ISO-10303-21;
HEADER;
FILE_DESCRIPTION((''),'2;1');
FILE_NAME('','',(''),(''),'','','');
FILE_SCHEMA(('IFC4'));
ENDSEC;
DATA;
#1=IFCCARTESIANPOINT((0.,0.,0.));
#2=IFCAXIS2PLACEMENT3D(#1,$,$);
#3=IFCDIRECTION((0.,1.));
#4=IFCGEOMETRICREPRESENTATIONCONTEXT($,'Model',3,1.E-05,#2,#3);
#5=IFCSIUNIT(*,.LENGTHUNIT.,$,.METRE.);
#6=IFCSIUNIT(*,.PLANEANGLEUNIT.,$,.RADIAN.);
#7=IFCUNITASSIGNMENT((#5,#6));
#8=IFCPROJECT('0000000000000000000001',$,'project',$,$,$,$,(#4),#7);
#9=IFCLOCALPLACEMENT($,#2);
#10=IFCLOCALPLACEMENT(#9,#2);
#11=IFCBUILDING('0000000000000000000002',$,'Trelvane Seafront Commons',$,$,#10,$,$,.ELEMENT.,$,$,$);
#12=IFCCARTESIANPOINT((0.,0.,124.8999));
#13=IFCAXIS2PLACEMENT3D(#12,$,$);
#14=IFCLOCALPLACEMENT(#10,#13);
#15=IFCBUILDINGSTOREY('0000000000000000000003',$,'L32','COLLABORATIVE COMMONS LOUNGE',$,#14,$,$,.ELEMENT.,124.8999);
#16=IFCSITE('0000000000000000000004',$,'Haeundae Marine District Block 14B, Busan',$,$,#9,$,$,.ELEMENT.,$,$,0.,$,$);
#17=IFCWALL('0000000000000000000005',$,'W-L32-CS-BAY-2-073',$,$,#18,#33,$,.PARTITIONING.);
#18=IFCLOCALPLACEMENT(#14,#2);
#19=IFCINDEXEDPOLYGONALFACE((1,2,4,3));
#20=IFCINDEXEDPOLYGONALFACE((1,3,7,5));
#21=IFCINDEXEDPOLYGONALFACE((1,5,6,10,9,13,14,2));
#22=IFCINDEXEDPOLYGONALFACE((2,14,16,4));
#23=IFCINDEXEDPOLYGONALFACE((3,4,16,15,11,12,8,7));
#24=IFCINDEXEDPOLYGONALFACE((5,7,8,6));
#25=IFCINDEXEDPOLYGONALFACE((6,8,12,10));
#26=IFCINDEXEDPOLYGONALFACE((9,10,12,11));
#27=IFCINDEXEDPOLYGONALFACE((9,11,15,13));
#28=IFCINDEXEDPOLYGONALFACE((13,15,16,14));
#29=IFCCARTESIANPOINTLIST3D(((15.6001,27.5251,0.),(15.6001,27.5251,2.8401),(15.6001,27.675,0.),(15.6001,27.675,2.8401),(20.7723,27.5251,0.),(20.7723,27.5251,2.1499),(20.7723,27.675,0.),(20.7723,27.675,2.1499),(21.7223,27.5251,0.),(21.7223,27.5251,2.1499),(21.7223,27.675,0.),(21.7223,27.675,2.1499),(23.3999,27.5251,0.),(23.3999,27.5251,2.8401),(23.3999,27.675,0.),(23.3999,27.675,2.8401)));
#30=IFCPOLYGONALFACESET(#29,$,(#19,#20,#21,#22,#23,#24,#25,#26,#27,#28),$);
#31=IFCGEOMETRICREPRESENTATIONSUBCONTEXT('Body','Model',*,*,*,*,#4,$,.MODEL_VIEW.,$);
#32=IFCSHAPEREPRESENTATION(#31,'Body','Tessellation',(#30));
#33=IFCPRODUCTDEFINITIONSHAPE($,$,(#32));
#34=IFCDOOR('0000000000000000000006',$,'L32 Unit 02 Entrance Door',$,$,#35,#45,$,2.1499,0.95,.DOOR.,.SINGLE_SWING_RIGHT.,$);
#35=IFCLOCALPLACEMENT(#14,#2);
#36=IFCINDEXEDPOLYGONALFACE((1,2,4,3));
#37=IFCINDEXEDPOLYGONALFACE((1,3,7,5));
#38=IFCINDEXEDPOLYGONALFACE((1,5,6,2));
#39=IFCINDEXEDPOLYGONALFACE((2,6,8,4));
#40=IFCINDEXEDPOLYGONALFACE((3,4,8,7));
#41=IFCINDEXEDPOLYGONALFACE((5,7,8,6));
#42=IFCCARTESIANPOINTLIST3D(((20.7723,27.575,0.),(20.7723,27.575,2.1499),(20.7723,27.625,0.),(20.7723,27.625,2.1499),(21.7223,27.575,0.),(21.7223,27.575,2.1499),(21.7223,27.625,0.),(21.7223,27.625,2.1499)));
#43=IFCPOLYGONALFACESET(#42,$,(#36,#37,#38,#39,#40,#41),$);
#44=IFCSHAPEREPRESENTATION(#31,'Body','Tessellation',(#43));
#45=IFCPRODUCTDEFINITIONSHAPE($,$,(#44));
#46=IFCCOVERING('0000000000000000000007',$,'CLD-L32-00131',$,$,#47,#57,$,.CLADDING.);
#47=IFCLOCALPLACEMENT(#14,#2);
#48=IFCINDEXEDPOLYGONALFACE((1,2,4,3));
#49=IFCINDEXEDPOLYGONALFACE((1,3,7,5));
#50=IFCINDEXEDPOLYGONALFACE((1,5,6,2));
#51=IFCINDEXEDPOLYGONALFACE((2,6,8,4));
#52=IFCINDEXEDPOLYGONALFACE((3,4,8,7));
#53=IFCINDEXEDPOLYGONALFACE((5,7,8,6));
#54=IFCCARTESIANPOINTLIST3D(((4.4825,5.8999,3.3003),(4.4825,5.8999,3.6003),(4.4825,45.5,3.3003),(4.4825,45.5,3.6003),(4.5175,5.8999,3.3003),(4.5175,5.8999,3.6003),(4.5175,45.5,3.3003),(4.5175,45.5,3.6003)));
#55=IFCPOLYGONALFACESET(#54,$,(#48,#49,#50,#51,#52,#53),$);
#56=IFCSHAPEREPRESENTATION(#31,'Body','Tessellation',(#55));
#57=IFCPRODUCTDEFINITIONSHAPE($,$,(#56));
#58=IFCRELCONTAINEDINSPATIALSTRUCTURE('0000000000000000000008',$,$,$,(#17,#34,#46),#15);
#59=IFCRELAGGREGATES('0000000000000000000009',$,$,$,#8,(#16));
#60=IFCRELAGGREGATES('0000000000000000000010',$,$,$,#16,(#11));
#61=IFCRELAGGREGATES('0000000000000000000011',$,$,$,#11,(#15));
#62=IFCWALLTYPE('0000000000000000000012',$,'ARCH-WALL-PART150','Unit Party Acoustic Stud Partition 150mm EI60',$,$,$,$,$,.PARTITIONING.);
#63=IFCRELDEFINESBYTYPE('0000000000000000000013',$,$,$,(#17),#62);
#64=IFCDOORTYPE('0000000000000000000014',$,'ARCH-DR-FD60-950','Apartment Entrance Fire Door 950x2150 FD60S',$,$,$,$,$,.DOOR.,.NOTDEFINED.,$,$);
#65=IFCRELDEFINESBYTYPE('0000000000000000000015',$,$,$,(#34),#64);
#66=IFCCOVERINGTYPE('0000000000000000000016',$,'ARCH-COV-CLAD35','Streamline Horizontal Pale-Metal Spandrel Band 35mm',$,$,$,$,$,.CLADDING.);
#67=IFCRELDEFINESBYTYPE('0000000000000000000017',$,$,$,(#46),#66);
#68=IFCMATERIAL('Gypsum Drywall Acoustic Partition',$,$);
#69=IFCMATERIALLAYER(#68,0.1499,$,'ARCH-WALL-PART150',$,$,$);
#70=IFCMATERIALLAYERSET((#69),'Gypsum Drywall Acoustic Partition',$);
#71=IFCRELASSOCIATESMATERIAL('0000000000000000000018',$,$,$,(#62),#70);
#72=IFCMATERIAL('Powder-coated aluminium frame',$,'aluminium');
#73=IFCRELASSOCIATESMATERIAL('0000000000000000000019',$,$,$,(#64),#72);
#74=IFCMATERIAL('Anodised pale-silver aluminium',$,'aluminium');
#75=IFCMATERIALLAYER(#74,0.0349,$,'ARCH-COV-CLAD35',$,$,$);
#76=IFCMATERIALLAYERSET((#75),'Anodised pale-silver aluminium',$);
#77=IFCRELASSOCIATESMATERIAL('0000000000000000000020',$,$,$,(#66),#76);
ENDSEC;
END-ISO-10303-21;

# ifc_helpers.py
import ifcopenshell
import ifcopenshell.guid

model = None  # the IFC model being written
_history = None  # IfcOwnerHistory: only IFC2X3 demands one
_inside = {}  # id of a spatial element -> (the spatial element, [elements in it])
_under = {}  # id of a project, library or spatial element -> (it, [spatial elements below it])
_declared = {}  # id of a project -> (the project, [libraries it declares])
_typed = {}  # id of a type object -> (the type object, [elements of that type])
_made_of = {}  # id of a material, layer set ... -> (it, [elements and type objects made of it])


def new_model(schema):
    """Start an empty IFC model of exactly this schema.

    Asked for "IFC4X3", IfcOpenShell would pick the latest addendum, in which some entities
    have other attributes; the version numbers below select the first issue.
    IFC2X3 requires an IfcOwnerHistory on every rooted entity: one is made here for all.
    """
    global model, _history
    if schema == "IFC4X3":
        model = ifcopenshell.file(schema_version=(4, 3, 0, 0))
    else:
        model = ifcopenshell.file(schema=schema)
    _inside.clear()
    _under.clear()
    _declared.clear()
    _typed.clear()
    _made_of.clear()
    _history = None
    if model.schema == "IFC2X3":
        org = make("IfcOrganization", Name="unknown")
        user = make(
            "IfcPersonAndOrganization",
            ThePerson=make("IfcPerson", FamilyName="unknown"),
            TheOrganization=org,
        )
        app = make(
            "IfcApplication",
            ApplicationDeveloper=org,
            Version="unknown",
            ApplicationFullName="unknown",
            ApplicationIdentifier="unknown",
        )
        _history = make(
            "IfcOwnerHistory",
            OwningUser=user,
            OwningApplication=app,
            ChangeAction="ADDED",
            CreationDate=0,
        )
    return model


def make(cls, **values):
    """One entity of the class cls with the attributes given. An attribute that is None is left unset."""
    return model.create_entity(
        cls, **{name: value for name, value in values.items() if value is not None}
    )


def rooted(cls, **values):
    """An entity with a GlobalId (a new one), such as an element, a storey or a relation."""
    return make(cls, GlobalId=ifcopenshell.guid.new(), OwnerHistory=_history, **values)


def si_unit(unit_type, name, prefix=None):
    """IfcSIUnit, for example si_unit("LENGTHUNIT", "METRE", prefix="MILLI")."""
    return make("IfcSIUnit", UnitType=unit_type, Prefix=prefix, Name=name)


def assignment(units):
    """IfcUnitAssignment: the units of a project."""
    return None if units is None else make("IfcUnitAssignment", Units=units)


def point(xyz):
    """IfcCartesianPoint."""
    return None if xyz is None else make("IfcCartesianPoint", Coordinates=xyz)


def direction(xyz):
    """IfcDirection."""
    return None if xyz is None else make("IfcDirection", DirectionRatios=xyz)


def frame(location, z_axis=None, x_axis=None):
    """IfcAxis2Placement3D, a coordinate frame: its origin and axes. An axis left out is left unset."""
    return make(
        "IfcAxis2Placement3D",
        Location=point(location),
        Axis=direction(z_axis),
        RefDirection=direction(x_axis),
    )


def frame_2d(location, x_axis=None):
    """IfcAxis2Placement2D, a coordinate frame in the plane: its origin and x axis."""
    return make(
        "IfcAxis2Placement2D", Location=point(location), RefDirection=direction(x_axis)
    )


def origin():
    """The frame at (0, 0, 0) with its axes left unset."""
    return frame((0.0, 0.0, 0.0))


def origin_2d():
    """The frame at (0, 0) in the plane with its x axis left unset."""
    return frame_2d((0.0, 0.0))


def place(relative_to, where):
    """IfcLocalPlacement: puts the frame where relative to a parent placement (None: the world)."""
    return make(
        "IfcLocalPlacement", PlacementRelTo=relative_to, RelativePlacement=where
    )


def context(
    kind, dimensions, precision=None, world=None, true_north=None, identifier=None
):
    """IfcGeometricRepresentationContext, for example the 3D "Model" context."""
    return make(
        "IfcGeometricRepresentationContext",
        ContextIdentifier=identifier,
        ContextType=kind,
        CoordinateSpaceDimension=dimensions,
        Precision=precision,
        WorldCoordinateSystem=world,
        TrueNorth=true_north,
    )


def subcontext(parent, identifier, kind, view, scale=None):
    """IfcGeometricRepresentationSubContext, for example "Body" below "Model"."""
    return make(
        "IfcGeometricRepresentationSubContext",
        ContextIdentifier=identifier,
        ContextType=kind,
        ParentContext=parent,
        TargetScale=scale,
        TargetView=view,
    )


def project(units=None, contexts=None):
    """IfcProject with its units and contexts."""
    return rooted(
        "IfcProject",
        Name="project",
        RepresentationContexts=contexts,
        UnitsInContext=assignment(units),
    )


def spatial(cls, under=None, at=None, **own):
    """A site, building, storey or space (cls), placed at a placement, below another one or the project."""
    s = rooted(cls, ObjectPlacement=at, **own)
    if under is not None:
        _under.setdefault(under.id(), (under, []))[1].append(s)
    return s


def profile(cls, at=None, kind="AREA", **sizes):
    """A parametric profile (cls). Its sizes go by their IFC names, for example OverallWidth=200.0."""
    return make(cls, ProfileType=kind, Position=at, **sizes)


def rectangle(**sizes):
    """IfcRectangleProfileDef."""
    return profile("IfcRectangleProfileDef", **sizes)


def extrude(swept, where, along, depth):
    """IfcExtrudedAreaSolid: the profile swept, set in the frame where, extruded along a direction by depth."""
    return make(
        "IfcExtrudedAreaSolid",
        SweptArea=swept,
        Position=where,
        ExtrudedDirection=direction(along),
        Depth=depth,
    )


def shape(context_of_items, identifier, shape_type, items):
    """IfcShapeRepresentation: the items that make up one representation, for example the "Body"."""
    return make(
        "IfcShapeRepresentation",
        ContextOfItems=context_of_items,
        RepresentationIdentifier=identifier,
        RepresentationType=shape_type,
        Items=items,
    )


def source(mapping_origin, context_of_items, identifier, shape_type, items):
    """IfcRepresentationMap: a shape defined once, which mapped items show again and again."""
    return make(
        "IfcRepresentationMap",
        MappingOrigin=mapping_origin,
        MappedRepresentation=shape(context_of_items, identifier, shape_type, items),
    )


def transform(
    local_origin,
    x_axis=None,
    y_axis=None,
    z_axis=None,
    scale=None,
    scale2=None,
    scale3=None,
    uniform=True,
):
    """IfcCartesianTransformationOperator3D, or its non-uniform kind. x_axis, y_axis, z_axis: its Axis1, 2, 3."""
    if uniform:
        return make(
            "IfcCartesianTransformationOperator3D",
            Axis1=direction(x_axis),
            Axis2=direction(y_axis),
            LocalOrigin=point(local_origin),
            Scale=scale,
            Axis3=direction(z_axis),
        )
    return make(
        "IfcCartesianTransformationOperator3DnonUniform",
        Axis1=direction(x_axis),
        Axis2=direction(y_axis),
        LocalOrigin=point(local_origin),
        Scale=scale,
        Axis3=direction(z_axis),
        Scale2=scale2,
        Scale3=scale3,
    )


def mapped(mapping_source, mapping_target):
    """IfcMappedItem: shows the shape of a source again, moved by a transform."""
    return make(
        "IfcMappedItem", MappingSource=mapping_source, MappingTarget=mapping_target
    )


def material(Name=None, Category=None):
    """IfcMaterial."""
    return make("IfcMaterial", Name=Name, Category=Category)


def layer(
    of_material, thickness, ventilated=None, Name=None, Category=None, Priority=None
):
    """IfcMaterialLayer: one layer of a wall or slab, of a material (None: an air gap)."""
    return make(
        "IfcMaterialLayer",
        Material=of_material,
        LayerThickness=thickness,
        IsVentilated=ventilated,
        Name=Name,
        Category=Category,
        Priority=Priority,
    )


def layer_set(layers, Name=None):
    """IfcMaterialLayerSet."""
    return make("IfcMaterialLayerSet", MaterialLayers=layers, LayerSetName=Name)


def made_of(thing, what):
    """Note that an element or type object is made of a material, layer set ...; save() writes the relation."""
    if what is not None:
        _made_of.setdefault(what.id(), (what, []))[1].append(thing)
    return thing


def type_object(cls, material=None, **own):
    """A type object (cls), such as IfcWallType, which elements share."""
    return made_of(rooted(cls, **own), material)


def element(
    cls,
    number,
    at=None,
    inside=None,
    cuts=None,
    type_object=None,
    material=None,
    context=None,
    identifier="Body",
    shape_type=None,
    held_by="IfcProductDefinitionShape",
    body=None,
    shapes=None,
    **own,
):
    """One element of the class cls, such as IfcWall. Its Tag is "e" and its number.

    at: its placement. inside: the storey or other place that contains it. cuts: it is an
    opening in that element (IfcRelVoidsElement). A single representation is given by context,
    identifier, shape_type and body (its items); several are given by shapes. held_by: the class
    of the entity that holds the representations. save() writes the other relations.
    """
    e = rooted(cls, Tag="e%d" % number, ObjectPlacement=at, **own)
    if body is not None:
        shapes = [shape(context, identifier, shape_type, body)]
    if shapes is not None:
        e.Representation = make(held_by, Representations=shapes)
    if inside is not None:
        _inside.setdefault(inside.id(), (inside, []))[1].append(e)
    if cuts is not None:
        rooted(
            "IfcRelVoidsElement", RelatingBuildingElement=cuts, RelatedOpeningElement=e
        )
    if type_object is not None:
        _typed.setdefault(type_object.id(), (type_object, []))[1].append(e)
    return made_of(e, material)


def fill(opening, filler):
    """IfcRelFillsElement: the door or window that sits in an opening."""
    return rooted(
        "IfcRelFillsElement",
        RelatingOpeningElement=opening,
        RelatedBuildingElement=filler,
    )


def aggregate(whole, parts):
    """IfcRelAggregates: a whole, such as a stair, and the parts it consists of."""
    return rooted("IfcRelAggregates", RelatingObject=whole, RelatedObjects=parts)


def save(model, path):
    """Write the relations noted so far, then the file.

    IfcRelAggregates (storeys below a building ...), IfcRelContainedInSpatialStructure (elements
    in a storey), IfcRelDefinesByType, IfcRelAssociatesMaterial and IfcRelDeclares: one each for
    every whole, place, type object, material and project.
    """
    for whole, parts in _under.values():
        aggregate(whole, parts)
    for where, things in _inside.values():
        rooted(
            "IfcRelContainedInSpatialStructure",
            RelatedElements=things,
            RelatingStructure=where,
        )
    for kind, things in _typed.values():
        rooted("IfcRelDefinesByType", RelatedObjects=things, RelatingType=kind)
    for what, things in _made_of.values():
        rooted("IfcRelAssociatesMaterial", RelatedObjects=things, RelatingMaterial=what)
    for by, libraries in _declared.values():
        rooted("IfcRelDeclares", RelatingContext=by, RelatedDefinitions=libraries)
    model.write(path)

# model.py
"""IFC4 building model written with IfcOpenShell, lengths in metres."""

from ifc_helpers import new_model, si_unit, direction, frame, frame_2d, origin, origin_2d, place, context, subcontext, project, spatial, rectangle, extrude, source, transform, mapped, material, layer, layer_set, type_object, element, fill, save


model = new_model("IFC4")

# Units and contexts
model_context = context("Model", 3, precision=1e-05, world=origin(), true_north=direction((0.0, 1.0)))
body_context = subcontext(model_context, "Body", "Model", "MODEL_VIEW")
ifc_project = project(units=[si_unit("LENGTHUNIT", "METRE"), si_unit("PLANEANGLEUNIT", "RADIAN")], contexts=[model_context])

# Site, building, storey
site_placement = place(None, origin())
site = spatial("IfcSite", under=ifc_project, at=site_placement, Name="Haeundae Marine District Block 14B, Busan", CompositionType="ELEMENT", RefElevation=0.0)
building_placement = place(site_placement, origin())
building = spatial("IfcBuilding", under=site, at=building_placement, Name="Trelvane Seafront Commons", CompositionType="ELEMENT")
storey_placement = place(building_placement, frame((0.0, 0.0, 124.8999)))
storey = spatial("IfcBuildingStorey", under=building, at=storey_placement, Name="L32", Description="COLLABORATIVE COMMONS LOUNGE", CompositionType="ELEMENT", Elevation=124.8999)

# Shared definitions
ifc_material_1 = material(Name="Anodised pale-silver aluminium", Category="aluminium")

# Shared definitions
ifc_material_2 = material(Name="Gypsum Drywall Acoustic Partition")
shared_shape_1 = source(origin(), body_context, "Body", "SweptSolid", [
    extrude(rectangle(XDim=0.95, YDim=2.1499, at=frame_2d((0.4751, 1.075))), frame((0.0, 0.0249, 0.0), z_axis=(0.0, -1.0, 0.0), x_axis=(1.0, 0.0, 0.0)), (0.0, 0.0, 1.0), 0.05),
])

# Wall, opening, door
ifc_layer_1 = layer(ifc_material_2, 0.1499, Name="ARCH-WALL-PART150")
ifc_layer_set_1 = layer_set([ifc_layer_1], Name="Gypsum Drywall Acoustic Partition")
wall_type_1 = type_object("IfcWallType", Name="ARCH-WALL-PART150", Description="Unit Party Acoustic Stud Partition 150mm EI60", PredefinedType="PARTITIONING", material=ifc_layer_set_1)
ifc_material_3 = material(Name="Powder-coated aluminium frame", Category="aluminium")
door_type_1 = type_object("IfcDoorType", Name="ARCH-DR-FD60-950", Description="Apartment Entrance Fire Door 950x2150 FD60S", OperationType="NOTDEFINED", PredefinedType="DOOR", material=ifc_material_3)
wall_1_placement = place(storey_placement, frame((15.6001, 27.6001, 0.0), z_axis=(0.0, 0.0, 1.0), x_axis=(1.0, 0.0, 0.0)))
wall_1 = element("IfcWall", 1, at=wall_1_placement, inside=storey, type_object=wall_type_1, Name="W-L32-CS-BAY-2-073", PredefinedType="PARTITIONING", context=body_context, shape_type="SweptSolid", body=[
    extrude(rectangle(XDim=7.7998, YDim=0.1499, at=frame_2d((3.8999, 0.0))), origin(), (0.0, 0.0, 1.0), 2.8401),
])
opening_1_placement = place(wall_1_placement, frame((5.1721, 0.0, 0.0)))
opening_1 = element("IfcOpeningElement", 2, at=opening_1_placement, cuts=wall_1, PredefinedType="OPENING", context=body_context, shape_type="SweptSolid", body=[
    extrude(rectangle(XDim=0.95, YDim=2.1499, at=frame_2d((0.4751, 1.075))), frame((0.0, 0.085, 0.0), z_axis=(0.0, -1.0, 0.0), x_axis=(1.0, 0.0, 0.0)), (0.0, 0.0, 1.0), 0.1699),
])
door_1_placement = place(opening_1_placement, origin())
door_1 = element("IfcDoor", 3, at=door_1_placement, inside=storey, type_object=door_type_1, Name="L32 Unit 02 Entrance Door", OperationType="SINGLE_SWING_RIGHT", OverallHeight=2.1499, OverallWidth=0.95, PredefinedType="DOOR", context=body_context, shape_type="MappedRepresentation", body=[
    mapped(shared_shape_1, transform((0.0, 0.0, 0.0), x_axis=(1.0, 0.0, 0.0), y_axis=(0.0, 1.0, 0.0), z_axis=(0.0, 0.0, 1.0), scale=1.0)),
])
fill(opening_1, door_1)

# Covering
ifc_layer_2 = layer(ifc_material_1, 0.0349, Name="ARCH-COV-CLAD35")
ifc_layer_set_2 = layer_set([ifc_layer_2], Name="Anodised pale-silver aluminium")
covering_type = type_object("IfcCoveringType", Name="ARCH-COV-CLAD35", Description="Streamline Horizontal Pale-Metal Spandrel Band 35mm", PredefinedType="CLADDING", material=ifc_layer_set_2)
shared_shape_2 = source(origin(), body_context, "Body", "SweptSolid", [
    extrude(rectangle(XDim=39.6001, YDim=0.0349, at=origin_2d()), origin(), (0.0, 0.0, 1.0), 0.3),
])
covering_placement = place(storey_placement, frame((4.5, 25.7, 3.3003), z_axis=(0.0, 0.0, 1.0), x_axis=(0.0, 1.0, 0.0)))
element("IfcCovering", 4, at=covering_placement, inside=storey, type_object=covering_type, Name="CLD-L32-00131", PredefinedType="CLADDING", context=body_context, shape_type="MappedRepresentation", body=[
    mapped(shared_shape_2, transform((0.0, 0.0, 0.0), x_axis=(1.0, 0.0, 0.0), y_axis=(0.0, 1.0, 0.0), z_axis=(0.0, 0.0, 1.0), scale=1.0)),
])

save(model, "model.ifc")
